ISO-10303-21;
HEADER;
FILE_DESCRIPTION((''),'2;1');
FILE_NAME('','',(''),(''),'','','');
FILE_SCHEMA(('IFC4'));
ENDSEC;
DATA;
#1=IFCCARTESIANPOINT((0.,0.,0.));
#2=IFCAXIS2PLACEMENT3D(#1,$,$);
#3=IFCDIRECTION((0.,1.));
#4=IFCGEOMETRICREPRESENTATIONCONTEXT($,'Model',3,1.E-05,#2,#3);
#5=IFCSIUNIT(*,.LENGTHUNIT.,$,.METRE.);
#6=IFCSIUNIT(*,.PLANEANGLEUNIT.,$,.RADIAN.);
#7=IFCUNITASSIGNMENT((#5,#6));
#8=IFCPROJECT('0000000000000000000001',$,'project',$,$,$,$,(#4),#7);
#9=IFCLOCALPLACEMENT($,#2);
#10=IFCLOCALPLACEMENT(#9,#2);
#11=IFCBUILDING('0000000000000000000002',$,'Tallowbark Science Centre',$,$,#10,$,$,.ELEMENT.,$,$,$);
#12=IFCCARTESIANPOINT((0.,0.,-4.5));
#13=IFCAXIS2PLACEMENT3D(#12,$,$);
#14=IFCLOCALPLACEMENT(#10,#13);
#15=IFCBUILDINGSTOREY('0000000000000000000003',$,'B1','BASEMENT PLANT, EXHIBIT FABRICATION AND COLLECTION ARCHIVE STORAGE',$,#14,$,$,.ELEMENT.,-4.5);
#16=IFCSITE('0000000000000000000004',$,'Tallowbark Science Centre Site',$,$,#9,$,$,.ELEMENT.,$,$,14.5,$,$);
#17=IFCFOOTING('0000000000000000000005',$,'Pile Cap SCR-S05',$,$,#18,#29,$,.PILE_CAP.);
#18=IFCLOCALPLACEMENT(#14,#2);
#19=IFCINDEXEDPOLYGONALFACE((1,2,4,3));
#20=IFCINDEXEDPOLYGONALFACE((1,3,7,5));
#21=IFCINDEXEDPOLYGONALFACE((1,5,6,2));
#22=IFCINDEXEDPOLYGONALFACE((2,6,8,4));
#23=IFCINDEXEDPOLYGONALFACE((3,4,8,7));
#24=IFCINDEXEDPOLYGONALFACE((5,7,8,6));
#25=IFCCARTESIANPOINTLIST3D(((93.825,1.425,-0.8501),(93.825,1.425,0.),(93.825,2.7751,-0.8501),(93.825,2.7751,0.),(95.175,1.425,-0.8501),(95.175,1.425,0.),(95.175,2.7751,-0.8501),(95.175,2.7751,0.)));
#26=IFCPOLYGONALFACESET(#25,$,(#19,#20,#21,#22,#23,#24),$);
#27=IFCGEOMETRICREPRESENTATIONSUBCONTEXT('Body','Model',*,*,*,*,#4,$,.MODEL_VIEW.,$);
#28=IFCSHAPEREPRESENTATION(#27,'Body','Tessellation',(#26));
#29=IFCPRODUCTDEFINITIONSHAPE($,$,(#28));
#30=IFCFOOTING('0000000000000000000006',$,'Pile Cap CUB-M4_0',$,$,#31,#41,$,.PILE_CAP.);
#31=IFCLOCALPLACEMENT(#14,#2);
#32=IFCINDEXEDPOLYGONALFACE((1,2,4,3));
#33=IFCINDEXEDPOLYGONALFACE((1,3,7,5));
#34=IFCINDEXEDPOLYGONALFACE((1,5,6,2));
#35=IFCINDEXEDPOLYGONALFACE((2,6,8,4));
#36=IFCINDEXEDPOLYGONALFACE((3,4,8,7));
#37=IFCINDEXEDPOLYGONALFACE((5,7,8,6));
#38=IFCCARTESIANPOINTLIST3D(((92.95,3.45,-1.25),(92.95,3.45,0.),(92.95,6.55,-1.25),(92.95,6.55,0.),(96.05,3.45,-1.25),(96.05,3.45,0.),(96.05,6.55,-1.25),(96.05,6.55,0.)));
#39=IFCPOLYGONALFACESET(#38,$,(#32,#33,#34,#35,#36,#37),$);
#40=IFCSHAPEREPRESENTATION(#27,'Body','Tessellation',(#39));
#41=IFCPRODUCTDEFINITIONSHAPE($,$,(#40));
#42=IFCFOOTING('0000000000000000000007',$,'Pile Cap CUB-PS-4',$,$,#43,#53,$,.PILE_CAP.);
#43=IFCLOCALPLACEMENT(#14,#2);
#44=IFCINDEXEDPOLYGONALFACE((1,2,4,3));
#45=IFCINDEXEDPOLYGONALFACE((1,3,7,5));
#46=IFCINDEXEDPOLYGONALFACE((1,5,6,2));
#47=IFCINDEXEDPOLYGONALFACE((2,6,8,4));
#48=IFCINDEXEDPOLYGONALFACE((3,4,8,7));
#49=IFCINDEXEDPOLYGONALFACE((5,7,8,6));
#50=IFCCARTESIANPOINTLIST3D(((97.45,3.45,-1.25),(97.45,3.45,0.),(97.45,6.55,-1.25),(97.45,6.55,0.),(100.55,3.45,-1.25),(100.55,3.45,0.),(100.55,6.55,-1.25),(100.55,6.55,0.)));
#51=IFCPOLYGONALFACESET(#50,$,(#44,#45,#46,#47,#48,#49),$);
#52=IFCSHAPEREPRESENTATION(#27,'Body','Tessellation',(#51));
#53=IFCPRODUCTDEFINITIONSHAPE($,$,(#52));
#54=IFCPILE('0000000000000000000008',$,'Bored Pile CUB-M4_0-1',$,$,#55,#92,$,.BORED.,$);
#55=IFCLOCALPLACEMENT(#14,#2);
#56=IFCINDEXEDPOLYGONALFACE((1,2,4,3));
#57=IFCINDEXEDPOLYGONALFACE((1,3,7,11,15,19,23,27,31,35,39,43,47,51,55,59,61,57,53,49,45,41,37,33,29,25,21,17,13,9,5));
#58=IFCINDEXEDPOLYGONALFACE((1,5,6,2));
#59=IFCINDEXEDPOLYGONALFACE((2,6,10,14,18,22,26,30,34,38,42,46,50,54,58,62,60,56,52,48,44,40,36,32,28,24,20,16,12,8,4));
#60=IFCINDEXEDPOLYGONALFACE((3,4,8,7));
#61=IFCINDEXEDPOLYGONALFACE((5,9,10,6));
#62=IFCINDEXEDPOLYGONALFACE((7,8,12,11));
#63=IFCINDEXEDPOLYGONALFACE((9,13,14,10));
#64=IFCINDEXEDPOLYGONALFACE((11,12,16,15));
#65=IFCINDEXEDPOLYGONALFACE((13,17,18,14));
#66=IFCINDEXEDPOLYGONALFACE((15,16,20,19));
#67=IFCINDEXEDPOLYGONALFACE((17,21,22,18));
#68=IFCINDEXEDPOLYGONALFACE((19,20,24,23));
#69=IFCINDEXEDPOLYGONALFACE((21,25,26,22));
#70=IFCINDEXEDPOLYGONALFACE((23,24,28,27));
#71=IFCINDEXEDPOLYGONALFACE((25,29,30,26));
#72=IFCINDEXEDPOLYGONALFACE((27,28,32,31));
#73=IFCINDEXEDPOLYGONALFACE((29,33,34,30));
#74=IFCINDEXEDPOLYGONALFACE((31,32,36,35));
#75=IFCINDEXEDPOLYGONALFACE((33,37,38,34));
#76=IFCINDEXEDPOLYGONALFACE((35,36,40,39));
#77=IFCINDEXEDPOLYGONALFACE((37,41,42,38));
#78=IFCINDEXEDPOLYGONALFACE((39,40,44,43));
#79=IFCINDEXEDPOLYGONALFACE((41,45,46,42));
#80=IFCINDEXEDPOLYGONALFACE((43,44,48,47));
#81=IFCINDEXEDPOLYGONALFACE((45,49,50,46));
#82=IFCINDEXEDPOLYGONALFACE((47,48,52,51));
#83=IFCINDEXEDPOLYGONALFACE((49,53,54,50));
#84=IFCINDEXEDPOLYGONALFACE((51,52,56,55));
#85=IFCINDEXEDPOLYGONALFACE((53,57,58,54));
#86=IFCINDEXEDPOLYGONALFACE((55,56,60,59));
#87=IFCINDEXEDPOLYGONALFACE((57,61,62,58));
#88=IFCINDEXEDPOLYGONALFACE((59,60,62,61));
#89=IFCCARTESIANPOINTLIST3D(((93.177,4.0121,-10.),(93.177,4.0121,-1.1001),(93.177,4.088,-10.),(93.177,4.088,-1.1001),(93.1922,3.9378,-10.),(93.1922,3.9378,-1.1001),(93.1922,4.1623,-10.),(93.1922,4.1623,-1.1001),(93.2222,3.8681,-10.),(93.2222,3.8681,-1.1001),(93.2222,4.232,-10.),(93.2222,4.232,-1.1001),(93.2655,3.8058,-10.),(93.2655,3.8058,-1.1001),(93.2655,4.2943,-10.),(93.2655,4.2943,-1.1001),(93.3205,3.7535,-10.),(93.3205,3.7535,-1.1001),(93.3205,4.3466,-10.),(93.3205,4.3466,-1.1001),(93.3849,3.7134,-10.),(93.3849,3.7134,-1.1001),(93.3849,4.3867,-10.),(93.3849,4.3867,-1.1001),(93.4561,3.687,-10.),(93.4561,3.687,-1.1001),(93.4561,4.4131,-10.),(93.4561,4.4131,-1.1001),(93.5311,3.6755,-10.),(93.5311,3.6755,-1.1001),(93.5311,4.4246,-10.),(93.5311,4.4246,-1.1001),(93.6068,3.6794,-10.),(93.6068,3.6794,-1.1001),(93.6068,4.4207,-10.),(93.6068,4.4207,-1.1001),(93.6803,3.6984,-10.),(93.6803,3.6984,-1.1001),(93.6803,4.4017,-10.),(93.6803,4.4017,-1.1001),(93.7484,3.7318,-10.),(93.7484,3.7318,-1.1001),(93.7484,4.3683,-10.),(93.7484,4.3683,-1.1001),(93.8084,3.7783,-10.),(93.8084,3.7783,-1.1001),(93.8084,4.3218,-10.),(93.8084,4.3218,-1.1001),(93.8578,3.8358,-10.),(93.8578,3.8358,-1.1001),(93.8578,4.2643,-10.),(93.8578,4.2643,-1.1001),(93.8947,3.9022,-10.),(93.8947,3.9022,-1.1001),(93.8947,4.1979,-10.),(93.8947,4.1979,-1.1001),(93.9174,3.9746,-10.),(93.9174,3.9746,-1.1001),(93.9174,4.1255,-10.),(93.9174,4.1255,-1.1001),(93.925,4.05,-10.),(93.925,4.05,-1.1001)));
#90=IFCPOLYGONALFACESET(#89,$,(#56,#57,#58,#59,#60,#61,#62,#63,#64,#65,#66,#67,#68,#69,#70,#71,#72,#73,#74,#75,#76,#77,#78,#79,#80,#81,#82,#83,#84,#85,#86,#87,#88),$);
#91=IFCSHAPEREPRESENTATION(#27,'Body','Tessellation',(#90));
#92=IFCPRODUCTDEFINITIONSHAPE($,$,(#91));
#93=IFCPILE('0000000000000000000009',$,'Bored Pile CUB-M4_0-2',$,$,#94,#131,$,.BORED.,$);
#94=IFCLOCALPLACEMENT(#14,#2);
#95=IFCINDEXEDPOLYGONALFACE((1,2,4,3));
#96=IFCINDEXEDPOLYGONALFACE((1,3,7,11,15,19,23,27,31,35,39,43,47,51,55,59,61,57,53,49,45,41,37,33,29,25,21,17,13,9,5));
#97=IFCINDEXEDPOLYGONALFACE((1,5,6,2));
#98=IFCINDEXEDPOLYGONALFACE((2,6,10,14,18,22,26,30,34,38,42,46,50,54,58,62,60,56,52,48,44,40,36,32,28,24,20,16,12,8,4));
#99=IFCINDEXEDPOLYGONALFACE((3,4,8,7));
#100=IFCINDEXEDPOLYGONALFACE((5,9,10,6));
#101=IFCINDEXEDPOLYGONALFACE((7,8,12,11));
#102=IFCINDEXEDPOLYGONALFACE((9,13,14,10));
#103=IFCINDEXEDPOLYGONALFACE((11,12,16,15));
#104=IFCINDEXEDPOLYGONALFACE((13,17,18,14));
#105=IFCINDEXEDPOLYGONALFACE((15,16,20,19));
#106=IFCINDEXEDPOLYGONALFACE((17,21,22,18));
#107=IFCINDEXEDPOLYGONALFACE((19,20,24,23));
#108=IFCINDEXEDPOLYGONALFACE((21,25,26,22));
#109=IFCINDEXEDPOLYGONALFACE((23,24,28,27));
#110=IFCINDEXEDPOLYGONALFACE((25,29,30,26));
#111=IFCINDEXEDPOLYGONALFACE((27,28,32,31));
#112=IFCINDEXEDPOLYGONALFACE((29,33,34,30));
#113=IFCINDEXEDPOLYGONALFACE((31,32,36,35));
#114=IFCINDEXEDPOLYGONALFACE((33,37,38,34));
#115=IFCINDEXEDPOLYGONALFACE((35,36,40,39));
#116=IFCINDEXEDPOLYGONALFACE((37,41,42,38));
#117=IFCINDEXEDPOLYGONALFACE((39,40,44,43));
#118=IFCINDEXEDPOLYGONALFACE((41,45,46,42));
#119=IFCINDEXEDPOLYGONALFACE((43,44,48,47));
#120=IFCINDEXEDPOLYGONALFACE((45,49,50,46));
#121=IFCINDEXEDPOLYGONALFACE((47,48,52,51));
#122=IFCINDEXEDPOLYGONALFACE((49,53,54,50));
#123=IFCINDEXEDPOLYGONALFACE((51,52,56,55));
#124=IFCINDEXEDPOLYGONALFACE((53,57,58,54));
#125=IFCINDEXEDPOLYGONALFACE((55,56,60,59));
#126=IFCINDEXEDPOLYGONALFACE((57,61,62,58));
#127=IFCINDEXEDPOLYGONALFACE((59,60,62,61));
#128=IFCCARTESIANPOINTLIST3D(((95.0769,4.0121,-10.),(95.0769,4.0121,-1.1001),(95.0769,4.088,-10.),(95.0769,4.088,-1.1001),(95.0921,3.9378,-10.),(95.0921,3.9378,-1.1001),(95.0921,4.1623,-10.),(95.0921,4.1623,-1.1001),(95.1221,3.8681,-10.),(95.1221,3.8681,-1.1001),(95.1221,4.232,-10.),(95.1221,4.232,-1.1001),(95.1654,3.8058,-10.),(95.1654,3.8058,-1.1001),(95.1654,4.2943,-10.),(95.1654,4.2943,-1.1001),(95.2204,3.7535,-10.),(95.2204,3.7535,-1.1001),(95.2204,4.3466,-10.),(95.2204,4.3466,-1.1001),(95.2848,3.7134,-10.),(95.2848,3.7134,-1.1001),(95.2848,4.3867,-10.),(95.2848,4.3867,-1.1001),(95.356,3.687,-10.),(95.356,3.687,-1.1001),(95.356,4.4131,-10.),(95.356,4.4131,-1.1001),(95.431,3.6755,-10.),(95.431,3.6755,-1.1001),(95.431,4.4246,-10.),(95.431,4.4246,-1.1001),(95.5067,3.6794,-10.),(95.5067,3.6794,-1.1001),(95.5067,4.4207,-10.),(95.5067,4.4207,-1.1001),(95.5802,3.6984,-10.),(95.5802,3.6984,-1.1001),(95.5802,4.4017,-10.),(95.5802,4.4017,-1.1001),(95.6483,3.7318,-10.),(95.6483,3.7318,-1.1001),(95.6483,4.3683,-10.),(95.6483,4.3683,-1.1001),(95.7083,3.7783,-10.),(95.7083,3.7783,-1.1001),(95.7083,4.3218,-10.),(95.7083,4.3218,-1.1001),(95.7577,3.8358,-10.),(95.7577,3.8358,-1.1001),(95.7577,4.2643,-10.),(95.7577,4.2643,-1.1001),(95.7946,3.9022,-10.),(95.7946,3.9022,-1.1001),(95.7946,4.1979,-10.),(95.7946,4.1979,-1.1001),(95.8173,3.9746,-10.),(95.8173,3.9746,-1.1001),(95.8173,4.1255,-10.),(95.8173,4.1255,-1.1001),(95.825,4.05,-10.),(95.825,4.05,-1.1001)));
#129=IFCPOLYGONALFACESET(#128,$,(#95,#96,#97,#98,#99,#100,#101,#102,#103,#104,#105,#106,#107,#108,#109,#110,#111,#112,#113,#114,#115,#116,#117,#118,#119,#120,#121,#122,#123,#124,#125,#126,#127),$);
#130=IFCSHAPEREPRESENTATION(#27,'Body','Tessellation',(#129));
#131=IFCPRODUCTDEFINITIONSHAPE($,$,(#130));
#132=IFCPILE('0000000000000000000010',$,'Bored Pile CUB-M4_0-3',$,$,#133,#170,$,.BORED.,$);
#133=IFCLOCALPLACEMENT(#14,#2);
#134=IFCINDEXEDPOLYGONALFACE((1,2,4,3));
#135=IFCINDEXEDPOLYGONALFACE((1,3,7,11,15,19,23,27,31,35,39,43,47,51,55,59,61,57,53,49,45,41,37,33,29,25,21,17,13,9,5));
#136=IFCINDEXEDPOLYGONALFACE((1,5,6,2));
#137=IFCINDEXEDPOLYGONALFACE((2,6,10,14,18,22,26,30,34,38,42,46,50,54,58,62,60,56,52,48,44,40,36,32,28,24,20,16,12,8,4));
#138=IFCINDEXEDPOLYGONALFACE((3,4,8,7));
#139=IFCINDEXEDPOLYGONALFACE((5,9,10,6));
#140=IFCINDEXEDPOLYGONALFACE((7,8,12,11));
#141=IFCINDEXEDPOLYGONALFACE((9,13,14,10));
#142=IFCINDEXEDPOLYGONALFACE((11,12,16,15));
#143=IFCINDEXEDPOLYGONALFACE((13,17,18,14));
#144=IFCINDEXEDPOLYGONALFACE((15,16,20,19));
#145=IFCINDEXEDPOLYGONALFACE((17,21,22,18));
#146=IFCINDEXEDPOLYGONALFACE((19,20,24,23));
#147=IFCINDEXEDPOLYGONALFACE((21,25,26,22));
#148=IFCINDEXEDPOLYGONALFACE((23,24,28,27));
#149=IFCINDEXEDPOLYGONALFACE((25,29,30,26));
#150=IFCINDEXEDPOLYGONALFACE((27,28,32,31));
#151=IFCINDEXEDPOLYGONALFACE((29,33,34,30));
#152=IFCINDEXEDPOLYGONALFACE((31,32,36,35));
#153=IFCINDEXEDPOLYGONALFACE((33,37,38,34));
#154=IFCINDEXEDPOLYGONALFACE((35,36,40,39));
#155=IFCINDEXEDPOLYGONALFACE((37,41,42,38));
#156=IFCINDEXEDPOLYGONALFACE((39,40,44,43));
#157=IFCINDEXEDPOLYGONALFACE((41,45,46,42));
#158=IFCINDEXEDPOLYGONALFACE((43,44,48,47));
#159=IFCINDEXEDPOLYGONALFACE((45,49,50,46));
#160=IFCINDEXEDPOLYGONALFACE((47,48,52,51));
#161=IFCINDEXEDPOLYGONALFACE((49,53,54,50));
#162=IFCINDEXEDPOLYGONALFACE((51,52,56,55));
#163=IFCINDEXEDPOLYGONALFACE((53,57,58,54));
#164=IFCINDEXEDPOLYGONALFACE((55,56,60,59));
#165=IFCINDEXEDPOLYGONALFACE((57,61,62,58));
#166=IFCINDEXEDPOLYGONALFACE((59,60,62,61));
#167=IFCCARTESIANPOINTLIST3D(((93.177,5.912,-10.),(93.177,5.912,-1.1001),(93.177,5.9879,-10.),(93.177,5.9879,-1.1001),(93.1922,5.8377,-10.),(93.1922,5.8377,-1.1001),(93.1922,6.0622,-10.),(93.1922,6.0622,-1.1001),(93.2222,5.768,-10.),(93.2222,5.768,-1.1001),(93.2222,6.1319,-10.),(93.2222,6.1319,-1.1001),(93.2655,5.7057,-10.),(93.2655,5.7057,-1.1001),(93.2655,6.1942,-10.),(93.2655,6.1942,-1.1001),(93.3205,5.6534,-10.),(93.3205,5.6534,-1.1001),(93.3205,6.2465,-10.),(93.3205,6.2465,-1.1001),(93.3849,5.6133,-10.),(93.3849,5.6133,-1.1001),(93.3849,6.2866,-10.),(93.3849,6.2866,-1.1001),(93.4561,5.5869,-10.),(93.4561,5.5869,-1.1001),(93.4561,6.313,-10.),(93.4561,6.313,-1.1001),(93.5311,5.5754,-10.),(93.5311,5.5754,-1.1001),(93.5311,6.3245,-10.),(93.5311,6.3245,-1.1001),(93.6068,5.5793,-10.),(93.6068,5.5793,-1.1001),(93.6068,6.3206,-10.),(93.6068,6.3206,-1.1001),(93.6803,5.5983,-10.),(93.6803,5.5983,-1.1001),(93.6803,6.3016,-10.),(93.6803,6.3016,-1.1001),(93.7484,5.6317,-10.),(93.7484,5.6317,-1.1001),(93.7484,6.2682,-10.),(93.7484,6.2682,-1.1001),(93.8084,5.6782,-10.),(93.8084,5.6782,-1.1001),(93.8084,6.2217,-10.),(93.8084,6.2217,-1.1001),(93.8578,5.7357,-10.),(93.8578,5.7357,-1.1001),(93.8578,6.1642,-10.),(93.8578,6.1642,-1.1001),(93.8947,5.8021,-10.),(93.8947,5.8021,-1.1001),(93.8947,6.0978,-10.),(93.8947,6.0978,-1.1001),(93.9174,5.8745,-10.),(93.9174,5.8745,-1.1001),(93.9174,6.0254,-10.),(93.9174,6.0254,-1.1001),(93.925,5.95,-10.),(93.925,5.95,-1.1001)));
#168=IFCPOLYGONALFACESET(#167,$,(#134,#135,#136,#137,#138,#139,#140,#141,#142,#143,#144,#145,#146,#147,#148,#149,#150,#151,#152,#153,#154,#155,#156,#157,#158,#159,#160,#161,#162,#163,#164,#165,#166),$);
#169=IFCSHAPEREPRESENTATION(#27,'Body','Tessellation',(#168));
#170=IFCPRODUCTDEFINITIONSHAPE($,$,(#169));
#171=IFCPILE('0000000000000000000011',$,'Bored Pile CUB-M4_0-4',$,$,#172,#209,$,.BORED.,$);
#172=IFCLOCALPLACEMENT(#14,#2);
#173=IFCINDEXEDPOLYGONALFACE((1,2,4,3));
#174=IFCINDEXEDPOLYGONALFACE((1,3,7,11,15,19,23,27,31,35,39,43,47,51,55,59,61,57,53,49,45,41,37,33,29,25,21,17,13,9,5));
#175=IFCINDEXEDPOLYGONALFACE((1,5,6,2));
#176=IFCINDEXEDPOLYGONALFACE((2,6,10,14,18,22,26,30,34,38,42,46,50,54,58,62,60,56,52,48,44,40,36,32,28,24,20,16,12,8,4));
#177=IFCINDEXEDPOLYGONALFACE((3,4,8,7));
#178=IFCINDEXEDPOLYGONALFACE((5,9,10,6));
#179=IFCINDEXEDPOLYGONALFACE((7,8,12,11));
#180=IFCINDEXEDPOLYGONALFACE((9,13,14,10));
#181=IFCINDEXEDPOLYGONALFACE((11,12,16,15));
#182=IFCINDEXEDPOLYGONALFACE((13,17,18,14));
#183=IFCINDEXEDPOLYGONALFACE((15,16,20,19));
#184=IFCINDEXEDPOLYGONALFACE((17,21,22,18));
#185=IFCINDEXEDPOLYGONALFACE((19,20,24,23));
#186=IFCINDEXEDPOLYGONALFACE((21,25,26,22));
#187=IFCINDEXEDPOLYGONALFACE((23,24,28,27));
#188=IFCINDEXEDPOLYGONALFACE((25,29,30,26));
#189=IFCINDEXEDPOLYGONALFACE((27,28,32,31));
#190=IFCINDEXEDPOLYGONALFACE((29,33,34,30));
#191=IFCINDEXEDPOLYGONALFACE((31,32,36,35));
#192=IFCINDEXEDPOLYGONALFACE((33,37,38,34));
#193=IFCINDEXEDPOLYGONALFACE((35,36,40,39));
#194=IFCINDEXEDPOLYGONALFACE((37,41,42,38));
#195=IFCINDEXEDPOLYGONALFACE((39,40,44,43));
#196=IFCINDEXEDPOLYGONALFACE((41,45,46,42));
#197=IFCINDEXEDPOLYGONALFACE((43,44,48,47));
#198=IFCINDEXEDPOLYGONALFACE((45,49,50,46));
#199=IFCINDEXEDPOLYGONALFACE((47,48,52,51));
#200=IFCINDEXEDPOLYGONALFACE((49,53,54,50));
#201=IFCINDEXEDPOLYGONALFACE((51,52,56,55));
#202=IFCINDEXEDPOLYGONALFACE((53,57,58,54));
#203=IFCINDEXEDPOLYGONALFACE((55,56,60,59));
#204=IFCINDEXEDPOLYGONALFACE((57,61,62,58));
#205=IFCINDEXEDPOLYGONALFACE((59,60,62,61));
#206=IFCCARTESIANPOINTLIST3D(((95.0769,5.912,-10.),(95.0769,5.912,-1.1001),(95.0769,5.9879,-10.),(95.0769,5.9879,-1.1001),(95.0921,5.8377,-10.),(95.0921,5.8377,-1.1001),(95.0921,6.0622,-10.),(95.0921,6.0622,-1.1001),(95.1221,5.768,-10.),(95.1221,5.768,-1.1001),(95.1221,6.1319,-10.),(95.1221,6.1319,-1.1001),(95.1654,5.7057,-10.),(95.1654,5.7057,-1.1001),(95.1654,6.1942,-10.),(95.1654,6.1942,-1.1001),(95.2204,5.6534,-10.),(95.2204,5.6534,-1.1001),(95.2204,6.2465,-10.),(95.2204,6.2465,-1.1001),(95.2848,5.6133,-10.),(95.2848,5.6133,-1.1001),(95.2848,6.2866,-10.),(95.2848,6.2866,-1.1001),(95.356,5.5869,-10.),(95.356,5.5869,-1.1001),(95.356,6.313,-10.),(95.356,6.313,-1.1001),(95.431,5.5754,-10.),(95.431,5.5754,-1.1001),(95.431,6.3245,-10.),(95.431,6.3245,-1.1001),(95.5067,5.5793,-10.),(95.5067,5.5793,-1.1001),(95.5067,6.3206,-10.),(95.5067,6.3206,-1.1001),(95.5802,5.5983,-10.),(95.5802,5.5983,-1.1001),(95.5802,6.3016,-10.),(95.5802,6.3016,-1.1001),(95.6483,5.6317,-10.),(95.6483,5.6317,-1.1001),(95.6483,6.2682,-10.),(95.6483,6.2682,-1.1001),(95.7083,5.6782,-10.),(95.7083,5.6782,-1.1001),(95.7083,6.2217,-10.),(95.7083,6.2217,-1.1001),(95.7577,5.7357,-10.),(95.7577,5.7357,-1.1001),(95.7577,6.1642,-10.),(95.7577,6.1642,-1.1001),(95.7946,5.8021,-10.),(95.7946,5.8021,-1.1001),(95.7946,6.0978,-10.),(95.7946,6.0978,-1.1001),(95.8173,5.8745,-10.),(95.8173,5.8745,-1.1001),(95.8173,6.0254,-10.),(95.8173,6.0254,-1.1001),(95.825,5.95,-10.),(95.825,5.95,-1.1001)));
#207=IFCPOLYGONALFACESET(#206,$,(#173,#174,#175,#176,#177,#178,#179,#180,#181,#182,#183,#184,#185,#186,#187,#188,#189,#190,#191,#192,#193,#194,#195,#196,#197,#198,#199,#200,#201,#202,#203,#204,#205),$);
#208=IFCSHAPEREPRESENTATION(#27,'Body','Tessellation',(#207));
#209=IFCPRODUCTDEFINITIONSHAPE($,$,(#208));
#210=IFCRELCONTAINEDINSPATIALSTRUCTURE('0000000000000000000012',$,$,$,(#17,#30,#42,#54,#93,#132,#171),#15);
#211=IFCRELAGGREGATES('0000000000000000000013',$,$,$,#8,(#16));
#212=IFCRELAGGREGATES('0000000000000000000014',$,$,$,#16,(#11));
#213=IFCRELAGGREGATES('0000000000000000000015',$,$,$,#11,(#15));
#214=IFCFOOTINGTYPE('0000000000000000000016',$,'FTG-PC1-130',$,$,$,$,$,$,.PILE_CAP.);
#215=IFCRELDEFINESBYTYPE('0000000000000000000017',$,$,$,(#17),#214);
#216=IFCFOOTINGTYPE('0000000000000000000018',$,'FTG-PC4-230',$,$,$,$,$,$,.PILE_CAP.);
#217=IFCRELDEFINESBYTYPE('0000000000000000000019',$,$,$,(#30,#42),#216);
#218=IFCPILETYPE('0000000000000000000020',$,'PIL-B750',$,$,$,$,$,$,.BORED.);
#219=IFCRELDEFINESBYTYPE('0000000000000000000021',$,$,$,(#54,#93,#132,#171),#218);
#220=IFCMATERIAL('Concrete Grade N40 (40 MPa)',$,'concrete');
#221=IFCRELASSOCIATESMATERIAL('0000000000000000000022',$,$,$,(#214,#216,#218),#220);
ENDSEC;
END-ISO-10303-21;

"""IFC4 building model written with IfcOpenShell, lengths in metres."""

from ifc_helpers import new_model, si_unit, direction, frame, origin, origin_2d, place, context, subcontext, project, spatial, rectangle, circle, extrude, material, material_profile, profile_set, type_object, element, save


model = new_model("IFC4")

# Units and contexts
model_context = context("Model", 3, precision=1e-05, world=origin(), true_north=direction((0.0, 1.0)))
body_context = subcontext(model_context, "Body", "Model", "MODEL_VIEW")
ifc_project = project(units=[si_unit("LENGTHUNIT", "METRE"), si_unit("PLANEANGLEUNIT", "RADIAN")], contexts=[model_context])

# Site, building, storey
site_placement = place(None, origin())
site = spatial("IfcSite", under=ifc_project, at=site_placement, Name="Tallowbark Science Centre Site", CompositionType="ELEMENT", RefElevation=14.5)
building_placement = place(site_placement, origin())
building = spatial("IfcBuilding", under=site, at=building_placement, Name="Tallowbark Science Centre", CompositionType="ELEMENT")
storey_placement = place(building_placement, frame((0.0, 0.0, -4.5)))
storey = spatial("IfcBuildingStorey", under=building, at=storey_placement, Name="B1", Description="BASEMENT PLANT, EXHIBIT FABRICATION AND COLLECTION ARCHIVE STORAGE", CompositionType="ELEMENT", Elevation=-4.5)

# Footings
ifc_material_1 = material(Name="Concrete Grade N40 (40 MPa)", Category="concrete")
footing_type_1 = type_object("IfcFootingType", Name="FTG-PC1-130", PredefinedType="PILE_CAP", material=ifc_material_1)
footing_placement = place(storey_placement, frame((94.5, 2.1001, -0.8501), z_axis=(0.0, 0.0, 1.0), x_axis=(1.0, 0.0, 0.0)))
element("IfcFooting", 1, at=footing_placement, inside=storey, type_object=footing_type_1, Name="Pile Cap SCR-S05", PredefinedType="PILE_CAP", context=body_context, shape_type="SweptSolid", body=[
    extrude(rectangle(XDim=1.3501, YDim=1.3501, at=origin_2d()), origin(), (0.0, 0.0, 1.0), 0.8501),
])
footing_type_2 = type_object("IfcFootingType", Name="FTG-PC4-230", PredefinedType="PILE_CAP", material=ifc_material_1)
for number, where, z_axis, x_axis, name in (
    (2, (94.5, 5.0, -1.25), (0.0, 0.0, 1.0), (1.0, 0.0, 0.0), "Pile Cap CUB-M4_0"),
    (3, (99.0, 5.0, -1.25), (0.0, 0.0, 1.0), (1.0, 0.0, 0.0), "Pile Cap CUB-PS-4"),
):
    element("IfcFooting", number, at=place(storey_placement, frame(where, z_axis=z_axis, x_axis=x_axis)), inside=storey, type_object=footing_type_2, Name=name, PredefinedType="PILE_CAP", context=body_context, shape_type="SweptSolid", body=[
        extrude(rectangle(XDim=3.1001, YDim=3.1001, at=origin_2d()), origin(), (0.0, 0.0, 1.0), 1.25),
    ])

# Piles
ifc_material_profile_1 = material_profile(ifc_material_1, circle(Radius=0.375, at=origin_2d()), Name="PILE750")
ifc_profile_set_1 = profile_set([ifc_material_profile_1], Name="Concrete Grade N40 (40 MPa)")
pile_type = type_object("IfcPileType", Name="PIL-B750", PredefinedType="BORED", material=ifc_profile_set_1)
for number, where, z_axis, x_axis, name in (
    (4, (93.55, 4.05, -1.1001), (0.0, 0.0, -1.0), (1.0, 0.0, 0.0), "Bored Pile CUB-M4_0-1"),
    (5, (95.45, 4.05, -1.1001), (0.0, 0.0, -1.0), (1.0, 0.0, 0.0), "Bored Pile CUB-M4_0-2"),
    (6, (93.55, 5.95, -1.1001), (0.0, 0.0, -1.0), (1.0, 0.0, 0.0), "Bored Pile CUB-M4_0-3"),
    (7, (95.45, 5.95, -1.1001), (0.0, 0.0, -1.0), (1.0, 0.0, 0.0), "Bored Pile CUB-M4_0-4"),
):
    element("IfcPile", number, at=place(storey_placement, frame(where, z_axis=z_axis, x_axis=x_axis)), inside=storey, type_object=pile_type, Name=name, PredefinedType="BORED", context=body_context, shape_type="SweptSolid", body=[
        extrude(circle(Radius=0.375, at=origin_2d()), origin(), (0.0, 0.0, 1.0), 8.8999),
    ])

save(model, "model.ifc")
